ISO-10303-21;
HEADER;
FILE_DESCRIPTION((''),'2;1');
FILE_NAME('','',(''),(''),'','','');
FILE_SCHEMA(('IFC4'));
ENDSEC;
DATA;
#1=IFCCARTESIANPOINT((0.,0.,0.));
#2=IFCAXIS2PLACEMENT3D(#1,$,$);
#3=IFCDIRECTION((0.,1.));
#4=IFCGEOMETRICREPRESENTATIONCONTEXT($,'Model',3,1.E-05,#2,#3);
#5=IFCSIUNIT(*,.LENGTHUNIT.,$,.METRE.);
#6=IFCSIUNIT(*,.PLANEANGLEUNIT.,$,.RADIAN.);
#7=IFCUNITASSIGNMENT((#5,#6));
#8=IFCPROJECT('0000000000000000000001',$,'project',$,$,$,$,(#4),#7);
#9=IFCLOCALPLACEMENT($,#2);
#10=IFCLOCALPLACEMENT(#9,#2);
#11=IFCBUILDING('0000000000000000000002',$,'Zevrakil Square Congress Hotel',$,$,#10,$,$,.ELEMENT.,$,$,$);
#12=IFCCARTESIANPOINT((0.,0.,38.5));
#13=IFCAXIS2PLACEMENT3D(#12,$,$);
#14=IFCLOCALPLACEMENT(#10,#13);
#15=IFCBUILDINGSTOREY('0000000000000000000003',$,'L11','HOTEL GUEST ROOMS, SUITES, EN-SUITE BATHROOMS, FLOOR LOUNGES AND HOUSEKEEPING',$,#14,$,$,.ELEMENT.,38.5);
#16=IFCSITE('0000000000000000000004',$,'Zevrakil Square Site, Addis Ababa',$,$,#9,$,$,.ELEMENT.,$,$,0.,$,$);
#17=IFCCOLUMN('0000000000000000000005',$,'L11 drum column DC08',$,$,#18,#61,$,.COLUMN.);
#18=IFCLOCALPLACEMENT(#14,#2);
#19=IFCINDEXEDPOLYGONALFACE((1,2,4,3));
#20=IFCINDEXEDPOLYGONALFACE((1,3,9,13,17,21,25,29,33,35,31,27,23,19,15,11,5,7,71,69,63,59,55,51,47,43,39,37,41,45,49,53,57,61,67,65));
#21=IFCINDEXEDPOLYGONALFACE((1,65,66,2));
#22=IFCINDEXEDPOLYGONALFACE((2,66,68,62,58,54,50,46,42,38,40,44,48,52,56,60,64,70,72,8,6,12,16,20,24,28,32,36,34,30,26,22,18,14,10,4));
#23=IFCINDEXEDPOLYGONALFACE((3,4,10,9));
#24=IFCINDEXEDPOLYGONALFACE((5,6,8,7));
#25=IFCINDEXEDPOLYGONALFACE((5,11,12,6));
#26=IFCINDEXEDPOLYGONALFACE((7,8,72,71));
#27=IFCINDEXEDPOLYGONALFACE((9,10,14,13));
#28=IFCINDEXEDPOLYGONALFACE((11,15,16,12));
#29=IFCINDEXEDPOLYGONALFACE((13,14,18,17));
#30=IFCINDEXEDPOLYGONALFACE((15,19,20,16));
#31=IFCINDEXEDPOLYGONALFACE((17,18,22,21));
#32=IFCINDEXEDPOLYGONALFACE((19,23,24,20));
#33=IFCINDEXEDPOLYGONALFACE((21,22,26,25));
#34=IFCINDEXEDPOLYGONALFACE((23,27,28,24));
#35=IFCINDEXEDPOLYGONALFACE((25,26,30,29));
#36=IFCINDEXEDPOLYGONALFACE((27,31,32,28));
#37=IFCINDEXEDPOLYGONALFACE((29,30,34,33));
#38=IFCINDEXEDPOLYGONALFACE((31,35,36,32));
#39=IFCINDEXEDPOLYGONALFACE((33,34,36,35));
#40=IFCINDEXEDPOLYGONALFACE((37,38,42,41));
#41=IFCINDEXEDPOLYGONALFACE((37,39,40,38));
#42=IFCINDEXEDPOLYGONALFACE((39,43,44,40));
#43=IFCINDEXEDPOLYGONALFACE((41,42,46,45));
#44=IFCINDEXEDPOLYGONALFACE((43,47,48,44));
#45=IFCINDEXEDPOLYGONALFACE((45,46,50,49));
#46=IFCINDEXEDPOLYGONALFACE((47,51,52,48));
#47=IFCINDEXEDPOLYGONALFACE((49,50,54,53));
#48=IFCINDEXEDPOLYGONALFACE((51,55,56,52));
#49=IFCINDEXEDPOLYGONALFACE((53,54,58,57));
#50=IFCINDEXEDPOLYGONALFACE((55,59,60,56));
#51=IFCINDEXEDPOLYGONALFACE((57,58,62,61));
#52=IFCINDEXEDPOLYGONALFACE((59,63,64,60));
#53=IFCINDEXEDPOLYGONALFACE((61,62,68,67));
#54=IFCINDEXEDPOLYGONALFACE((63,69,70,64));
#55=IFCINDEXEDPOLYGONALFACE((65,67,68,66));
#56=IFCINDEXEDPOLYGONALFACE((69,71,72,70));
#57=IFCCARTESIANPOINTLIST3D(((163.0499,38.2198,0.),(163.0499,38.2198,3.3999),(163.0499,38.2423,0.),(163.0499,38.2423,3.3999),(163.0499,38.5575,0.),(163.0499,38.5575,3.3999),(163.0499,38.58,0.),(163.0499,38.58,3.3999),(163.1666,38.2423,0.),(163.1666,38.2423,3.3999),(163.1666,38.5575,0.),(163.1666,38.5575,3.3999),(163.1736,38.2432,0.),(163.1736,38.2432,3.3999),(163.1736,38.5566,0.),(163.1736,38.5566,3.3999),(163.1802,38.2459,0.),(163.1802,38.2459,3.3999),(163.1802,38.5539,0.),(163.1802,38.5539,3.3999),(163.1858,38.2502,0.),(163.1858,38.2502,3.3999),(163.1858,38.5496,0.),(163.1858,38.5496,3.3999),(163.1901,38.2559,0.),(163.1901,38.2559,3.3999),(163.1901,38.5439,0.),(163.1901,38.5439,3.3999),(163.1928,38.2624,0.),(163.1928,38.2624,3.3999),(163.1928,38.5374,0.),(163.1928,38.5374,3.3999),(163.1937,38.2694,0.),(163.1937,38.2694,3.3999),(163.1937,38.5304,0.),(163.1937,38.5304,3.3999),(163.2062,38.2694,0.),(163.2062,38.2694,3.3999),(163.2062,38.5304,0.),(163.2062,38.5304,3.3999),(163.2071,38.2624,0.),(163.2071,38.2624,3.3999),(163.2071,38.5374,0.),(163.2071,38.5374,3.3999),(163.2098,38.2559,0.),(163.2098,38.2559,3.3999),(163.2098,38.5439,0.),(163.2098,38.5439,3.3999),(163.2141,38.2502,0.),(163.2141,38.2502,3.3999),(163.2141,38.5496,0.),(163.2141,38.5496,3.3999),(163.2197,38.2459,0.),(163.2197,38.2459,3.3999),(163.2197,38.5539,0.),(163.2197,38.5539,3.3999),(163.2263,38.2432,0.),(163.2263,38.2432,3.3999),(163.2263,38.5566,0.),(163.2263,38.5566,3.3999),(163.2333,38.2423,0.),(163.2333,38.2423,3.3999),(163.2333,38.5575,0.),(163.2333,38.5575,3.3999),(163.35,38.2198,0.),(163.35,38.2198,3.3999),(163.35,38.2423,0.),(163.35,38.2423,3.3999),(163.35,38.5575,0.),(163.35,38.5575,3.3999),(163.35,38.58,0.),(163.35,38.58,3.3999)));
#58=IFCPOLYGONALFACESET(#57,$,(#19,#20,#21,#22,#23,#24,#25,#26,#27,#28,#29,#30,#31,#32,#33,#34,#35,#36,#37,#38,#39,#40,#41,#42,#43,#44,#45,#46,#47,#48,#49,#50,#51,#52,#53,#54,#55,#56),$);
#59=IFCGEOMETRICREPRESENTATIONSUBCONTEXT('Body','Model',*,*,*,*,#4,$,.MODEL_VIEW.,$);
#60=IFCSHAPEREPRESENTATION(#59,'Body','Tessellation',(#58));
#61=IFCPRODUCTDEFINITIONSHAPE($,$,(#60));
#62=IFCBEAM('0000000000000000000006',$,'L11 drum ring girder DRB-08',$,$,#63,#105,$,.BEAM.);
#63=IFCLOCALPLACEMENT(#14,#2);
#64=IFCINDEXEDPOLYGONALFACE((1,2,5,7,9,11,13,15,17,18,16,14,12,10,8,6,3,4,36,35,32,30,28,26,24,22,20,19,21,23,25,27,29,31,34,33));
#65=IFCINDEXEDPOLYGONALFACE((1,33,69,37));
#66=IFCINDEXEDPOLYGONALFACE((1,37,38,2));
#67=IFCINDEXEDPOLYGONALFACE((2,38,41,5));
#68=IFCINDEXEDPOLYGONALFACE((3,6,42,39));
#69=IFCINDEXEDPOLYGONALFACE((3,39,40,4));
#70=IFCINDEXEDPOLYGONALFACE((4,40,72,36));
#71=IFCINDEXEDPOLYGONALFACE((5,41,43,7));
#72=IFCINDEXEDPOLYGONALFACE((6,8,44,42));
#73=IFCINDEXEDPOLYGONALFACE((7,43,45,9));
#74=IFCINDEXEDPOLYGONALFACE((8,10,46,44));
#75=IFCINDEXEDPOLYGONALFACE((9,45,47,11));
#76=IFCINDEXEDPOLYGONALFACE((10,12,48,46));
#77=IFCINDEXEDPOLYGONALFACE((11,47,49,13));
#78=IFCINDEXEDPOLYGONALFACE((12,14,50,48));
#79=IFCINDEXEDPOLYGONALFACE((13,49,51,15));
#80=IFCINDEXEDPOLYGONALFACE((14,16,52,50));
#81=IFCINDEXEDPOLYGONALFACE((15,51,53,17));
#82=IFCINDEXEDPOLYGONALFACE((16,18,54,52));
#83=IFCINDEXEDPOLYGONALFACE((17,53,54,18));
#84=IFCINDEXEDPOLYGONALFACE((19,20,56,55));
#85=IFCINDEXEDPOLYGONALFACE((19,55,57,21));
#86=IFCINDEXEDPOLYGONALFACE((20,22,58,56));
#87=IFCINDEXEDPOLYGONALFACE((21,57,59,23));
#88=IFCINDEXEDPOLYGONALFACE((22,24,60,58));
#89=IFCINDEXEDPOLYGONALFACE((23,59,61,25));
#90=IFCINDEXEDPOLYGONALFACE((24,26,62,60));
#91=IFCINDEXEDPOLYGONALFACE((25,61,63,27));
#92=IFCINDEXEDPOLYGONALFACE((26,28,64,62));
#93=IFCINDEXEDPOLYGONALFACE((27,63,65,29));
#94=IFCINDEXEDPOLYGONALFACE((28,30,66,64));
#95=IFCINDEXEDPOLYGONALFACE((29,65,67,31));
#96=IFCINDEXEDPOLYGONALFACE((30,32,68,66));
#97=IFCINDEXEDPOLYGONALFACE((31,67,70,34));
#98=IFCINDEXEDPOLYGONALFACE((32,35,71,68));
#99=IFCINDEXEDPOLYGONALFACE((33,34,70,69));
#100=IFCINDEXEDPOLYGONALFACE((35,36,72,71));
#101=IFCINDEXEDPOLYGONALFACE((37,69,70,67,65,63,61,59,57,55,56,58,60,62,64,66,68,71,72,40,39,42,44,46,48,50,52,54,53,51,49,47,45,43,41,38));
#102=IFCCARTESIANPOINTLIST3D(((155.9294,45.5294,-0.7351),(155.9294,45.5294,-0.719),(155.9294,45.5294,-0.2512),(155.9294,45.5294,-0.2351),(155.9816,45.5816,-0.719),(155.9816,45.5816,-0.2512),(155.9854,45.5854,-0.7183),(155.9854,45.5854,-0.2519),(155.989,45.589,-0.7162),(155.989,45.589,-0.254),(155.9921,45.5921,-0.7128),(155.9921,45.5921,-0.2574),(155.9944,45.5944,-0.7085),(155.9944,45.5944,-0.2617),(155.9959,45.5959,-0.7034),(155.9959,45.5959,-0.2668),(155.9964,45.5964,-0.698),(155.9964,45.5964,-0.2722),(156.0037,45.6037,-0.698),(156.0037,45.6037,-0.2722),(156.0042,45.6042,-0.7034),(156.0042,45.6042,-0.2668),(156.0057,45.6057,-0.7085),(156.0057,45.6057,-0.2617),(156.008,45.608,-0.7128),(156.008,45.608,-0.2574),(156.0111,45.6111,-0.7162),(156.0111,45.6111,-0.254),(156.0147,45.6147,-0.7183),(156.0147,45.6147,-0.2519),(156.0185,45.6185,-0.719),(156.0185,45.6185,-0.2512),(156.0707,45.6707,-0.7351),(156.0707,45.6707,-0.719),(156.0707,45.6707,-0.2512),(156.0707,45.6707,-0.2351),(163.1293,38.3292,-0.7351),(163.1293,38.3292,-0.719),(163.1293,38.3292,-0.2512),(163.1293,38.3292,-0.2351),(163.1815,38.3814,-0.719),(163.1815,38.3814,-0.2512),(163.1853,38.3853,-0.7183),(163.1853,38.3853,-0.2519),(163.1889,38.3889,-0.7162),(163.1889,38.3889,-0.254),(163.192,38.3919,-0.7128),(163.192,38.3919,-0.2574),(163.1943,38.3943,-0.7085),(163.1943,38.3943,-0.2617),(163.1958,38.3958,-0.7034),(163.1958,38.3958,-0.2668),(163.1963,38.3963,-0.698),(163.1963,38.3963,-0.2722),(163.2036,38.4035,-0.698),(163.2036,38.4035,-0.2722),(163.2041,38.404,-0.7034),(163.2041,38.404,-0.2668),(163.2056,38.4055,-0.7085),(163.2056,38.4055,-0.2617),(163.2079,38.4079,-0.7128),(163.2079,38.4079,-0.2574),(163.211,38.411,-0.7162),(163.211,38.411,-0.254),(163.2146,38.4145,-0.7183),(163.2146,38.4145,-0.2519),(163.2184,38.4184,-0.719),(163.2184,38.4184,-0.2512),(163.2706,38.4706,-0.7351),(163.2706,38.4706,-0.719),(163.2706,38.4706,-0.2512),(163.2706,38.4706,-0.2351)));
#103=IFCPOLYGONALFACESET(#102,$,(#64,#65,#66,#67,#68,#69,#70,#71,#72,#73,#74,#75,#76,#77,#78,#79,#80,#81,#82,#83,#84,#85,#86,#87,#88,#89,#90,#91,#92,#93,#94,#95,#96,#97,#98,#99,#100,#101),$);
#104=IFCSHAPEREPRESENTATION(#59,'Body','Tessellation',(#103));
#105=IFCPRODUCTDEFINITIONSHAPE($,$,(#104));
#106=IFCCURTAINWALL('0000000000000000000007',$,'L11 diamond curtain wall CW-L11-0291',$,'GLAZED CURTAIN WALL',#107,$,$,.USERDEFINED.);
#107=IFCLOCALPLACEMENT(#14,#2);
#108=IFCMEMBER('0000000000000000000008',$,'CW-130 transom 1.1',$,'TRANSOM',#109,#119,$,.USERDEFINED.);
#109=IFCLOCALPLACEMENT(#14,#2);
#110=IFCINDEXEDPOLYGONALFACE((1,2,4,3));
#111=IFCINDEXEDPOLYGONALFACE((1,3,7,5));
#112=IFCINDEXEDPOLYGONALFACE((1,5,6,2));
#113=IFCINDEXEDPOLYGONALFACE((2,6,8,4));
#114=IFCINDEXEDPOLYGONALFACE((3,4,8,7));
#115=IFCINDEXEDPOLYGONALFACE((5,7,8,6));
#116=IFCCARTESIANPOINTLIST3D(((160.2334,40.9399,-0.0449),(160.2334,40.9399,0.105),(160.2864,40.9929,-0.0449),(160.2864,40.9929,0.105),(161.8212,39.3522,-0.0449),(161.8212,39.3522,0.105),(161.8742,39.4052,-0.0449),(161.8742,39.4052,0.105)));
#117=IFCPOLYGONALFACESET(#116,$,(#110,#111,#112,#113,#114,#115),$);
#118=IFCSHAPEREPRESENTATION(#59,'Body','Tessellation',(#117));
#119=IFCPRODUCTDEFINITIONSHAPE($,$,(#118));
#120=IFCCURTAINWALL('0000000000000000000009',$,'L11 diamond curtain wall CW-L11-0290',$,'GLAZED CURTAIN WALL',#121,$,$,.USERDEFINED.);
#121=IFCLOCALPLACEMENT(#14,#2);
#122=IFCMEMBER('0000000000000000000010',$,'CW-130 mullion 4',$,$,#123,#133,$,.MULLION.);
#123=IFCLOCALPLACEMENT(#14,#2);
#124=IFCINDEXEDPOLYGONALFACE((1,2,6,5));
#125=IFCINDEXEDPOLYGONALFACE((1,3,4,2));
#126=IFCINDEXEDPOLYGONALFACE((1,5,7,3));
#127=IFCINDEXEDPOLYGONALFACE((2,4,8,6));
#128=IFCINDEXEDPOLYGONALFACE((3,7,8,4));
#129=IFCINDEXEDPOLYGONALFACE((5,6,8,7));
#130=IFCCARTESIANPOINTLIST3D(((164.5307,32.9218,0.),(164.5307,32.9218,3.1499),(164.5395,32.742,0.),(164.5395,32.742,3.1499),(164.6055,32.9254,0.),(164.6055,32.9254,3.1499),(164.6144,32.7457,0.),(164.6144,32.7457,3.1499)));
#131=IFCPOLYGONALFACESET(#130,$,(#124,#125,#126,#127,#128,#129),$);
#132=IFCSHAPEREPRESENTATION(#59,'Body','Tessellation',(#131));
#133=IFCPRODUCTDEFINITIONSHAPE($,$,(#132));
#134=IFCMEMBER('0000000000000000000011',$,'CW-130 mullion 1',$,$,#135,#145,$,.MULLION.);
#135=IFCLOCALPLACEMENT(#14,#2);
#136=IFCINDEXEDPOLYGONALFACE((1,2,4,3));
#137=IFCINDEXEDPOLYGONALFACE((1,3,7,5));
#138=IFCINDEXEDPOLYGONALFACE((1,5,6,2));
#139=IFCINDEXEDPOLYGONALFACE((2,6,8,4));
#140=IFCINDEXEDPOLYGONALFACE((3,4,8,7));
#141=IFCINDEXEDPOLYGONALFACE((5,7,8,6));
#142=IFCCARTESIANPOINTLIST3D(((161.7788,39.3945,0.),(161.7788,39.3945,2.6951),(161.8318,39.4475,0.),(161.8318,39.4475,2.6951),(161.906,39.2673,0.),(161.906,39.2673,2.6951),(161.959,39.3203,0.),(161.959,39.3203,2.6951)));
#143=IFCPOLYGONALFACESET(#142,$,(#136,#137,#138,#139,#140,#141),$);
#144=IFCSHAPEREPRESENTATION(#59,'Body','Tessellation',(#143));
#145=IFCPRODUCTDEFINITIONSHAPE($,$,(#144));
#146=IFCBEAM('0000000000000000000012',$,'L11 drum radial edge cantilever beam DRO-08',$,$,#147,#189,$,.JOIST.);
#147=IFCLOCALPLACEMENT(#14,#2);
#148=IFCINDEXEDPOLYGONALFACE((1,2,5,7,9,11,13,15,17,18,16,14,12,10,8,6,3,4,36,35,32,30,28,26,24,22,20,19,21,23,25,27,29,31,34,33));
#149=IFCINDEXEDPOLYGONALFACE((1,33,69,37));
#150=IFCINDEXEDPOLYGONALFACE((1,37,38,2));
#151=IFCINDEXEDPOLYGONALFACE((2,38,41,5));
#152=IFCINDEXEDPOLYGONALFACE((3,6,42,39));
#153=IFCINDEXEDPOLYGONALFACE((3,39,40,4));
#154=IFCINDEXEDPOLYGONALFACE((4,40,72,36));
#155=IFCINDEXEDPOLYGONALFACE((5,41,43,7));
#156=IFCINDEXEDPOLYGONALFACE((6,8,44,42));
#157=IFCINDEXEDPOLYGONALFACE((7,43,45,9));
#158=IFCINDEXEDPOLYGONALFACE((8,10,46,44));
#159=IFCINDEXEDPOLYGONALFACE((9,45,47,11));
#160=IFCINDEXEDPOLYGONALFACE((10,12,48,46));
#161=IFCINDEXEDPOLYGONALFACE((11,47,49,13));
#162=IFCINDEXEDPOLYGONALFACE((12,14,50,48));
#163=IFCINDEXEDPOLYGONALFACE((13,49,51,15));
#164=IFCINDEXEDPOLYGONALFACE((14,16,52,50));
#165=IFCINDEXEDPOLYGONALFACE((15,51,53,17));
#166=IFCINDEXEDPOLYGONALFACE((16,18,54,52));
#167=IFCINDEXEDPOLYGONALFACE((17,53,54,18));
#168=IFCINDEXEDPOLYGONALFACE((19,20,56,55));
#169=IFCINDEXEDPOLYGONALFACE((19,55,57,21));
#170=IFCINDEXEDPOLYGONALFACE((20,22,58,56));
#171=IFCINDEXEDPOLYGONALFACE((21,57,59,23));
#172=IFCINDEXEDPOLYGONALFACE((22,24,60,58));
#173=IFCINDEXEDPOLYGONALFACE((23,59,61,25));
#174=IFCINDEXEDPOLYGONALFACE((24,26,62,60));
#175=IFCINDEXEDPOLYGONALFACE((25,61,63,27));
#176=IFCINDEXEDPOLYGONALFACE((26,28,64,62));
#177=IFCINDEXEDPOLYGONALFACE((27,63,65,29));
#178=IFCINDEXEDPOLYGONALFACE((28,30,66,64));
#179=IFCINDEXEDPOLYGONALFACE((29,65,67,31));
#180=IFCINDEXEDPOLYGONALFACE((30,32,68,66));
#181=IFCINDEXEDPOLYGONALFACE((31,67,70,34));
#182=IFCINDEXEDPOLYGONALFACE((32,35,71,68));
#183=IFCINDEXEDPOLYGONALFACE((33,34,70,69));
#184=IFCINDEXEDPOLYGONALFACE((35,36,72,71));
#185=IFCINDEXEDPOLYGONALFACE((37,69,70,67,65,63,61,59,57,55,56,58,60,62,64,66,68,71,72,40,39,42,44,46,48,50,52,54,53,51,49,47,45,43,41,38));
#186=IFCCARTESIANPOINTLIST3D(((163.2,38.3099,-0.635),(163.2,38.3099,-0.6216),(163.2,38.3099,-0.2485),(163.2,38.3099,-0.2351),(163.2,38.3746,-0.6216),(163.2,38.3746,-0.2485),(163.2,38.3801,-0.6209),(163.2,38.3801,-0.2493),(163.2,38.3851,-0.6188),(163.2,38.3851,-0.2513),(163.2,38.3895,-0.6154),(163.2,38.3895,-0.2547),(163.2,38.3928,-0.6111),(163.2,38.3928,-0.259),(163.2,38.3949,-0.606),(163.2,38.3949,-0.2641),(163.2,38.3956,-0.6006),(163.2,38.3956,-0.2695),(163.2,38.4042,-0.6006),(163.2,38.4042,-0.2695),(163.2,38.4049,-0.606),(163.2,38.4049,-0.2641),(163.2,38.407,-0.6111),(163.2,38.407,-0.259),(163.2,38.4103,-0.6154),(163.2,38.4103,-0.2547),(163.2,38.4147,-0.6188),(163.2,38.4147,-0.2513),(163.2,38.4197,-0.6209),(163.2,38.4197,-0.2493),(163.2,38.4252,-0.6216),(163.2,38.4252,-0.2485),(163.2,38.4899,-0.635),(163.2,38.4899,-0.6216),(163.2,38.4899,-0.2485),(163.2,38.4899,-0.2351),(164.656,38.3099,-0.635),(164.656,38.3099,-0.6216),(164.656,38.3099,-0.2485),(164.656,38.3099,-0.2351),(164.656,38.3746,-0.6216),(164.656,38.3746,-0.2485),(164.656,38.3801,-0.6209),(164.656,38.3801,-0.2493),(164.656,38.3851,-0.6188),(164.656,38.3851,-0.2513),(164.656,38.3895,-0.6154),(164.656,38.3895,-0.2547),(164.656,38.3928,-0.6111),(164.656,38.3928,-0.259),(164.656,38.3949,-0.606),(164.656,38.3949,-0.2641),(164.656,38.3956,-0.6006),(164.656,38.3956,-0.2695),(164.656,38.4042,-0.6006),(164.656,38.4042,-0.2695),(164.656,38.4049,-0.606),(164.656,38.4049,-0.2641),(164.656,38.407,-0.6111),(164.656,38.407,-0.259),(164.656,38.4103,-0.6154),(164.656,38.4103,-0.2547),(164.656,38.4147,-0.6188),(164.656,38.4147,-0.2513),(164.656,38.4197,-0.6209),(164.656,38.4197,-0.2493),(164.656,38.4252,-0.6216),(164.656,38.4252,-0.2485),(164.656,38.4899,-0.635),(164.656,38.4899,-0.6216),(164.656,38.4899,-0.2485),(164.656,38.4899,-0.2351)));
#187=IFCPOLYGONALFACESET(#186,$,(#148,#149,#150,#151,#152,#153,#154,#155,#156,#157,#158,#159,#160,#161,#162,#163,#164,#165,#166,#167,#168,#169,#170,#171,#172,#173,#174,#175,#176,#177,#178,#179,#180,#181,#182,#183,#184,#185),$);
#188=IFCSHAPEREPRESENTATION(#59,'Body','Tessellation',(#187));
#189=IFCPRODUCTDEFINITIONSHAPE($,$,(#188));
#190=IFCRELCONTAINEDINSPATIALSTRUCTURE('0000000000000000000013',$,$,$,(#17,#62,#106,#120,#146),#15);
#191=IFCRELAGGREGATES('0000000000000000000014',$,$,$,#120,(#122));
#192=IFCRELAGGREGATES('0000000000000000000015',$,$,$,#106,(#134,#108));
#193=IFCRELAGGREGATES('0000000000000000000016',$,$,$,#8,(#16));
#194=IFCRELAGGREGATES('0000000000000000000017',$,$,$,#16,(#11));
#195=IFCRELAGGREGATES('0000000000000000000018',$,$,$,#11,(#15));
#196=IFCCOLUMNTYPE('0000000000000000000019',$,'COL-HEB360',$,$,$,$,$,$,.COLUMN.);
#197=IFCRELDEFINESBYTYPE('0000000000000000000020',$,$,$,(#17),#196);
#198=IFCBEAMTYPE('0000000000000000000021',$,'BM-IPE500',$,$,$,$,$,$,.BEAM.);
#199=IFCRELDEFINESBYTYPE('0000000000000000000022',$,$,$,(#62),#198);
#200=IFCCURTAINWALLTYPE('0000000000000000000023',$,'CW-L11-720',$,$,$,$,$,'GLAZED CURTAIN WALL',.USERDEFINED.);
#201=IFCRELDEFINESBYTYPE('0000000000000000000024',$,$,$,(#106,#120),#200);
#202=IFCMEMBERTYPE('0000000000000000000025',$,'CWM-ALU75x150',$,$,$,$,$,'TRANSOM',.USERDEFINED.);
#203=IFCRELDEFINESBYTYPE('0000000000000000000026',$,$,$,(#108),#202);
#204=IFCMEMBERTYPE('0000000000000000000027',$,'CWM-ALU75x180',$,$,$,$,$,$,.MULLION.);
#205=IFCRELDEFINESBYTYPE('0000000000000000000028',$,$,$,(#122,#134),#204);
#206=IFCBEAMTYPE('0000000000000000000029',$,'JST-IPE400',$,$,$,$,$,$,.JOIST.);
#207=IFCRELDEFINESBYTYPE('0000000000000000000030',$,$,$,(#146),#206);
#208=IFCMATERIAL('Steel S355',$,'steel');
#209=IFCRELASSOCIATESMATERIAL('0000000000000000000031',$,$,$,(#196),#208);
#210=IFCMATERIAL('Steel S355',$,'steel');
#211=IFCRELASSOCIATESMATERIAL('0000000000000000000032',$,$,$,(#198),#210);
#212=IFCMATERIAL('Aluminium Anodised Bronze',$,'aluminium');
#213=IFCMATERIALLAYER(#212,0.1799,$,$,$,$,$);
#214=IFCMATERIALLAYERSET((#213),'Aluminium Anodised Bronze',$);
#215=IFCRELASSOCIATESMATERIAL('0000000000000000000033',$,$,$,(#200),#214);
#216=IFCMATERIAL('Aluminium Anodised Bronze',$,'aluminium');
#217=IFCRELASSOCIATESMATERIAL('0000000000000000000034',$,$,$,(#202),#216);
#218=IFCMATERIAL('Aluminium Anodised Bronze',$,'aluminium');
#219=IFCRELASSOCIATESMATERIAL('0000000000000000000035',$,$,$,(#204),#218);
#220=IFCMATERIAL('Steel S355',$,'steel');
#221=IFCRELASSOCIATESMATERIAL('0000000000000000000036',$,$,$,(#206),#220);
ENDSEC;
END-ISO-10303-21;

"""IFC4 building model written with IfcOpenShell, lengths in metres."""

from ifc_helpers import new_model, si_unit, direction, frame, origin, origin_2d, place, context, subcontext, project, spatial, rectangle, i_section, extrude, material, layer, layer_set, material_profile, profile_set, type_object, element, aggregate, save


model = new_model("IFC4")

# Units and contexts
model_context = context("Model", 3, precision=1e-05, world=origin(), true_north=direction((0.0, 1.0)))
body_context = subcontext(model_context, "Body", "Model", "MODEL_VIEW")
ifc_project = project(units=[si_unit("LENGTHUNIT", "METRE"), si_unit("PLANEANGLEUNIT", "RADIAN")], contexts=[model_context])

# Site, building, storey
site_placement = place(None, origin())
site = spatial("IfcSite", under=ifc_project, at=site_placement, Name="Zevrakil Square Site, Addis Ababa", CompositionType="ELEMENT", RefElevation=0.0)
building_placement = place(site_placement, origin())
building = spatial("IfcBuilding", under=site, at=building_placement, Name="Zevrakil Square Congress Hotel", CompositionType="ELEMENT")
storey_placement = place(building_placement, frame((0.0, 0.0, 38.5)))
storey = spatial("IfcBuildingStorey", under=building, at=storey_placement, Name="L11", Description="HOTEL GUEST ROOMS, SUITES, EN-SUITE BATHROOMS, FLOOR LOUNGES AND HOUSEKEEPING", CompositionType="ELEMENT", Elevation=38.5)

# Column
ifc_material_1 = material(Name="Steel S355", Category="steel")
ifc_material_profile_1 = material_profile(ifc_material_1, i_section(OverallWidth=0.3, OverallDepth=0.3601, WebThickness=0.0125, FlangeThickness=0.0225, FilletRadius=0.0271, at=origin_2d()), Name="HEB 360")
ifc_profile_set_1 = profile_set([ifc_material_profile_1], Name="Steel S355")
column_type = type_object("IfcColumnType", Name="COL-HEB360", PredefinedType="COLUMN", material=ifc_profile_set_1)
column_placement = place(storey_placement, frame((163.2, 38.3999, 0.0), z_axis=(0.0, 0.0, 1.0), x_axis=(1.0, 0.0, 0.0)))
element("IfcColumn", 1, at=column_placement, inside=storey, type_object=column_type, Name="L11 drum column DC08", PredefinedType="COLUMN", context=body_context, shape_type="SweptSolid", body=[
    extrude(i_section(OverallWidth=0.3, OverallDepth=0.3601, WebThickness=0.0125, FlangeThickness=0.0225, FilletRadius=0.0271, at=origin_2d()), origin(), (0.0, 0.0, 1.0), 3.3999),
])

# Beam
ifc_material_2 = material(Name="Steel S355", Category="steel")
ifc_material_profile_2 = material_profile(ifc_material_2, i_section(OverallWidth=0.2, OverallDepth=0.5, WebThickness=0.0103, FlangeThickness=0.0161, FilletRadius=0.021, at=origin_2d()), Name="IPE 500")
ifc_profile_set_2 = profile_set([ifc_material_profile_2], Name="Steel S355")
beam_type_1 = type_object("IfcBeamType", Name="BM-IPE500", PredefinedType="BEAM", material=ifc_profile_set_2)
beam_1_placement = place(storey_placement, frame((163.2, 38.3999, -0.4851), z_axis=(-0.707095, 0.707119, 0.0), x_axis=(-0.707119, -0.707095, 0.0)))
element("IfcBeam", 2, at=beam_1_placement, inside=storey, type_object=beam_type_1, Name="L11 drum ring girder DRB-08", PredefinedType="BEAM", context=body_context, shape_type="SweptSolid", body=[
    extrude(i_section(OverallWidth=0.2, OverallDepth=0.5, WebThickness=0.0103, FlangeThickness=0.0161, FilletRadius=0.021, at=origin_2d()), origin(), (0.0, 0.0, 1.0), 10.1824),
])

# Curtain walls, members
ifc_material_3 = material(Name="Aluminium Anodised Bronze", Category="aluminium")
ifc_layer_1 = layer(ifc_material_3, 0.1799)
ifc_layer_set_1 = layer_set([ifc_layer_1], Name="Aluminium Anodised Bronze")
curtain_wall_type = type_object("IfcCurtainWallType", Name="CW-L11-720", ElementType="GLAZED CURTAIN WALL", PredefinedType="USERDEFINED", material=ifc_layer_set_1)
curtain_wall_1_placement = place(storey_placement, origin())
curtain_wall_1 = element("IfcCurtainWall", 3, at=curtain_wall_1_placement, inside=storey, type_object=curtain_wall_type, Name="L11 diamond curtain wall CW-L11-0291", ObjectType="GLAZED CURTAIN WALL", PredefinedType="USERDEFINED")
ifc_material_4 = material(Name="Aluminium Anodised Bronze", Category="aluminium")
ifc_material_profile_3 = material_profile(ifc_material_4, rectangle(XDim=0.075, YDim=0.1499, at=origin_2d()), Name="ALU 75x150")
ifc_profile_set_3 = profile_set([ifc_material_profile_3], Name="Aluminium Anodised Bronze")
member_type_1 = type_object("IfcMemberType", Name="CWM-ALU75x150", ElementType="TRANSOM", PredefinedType="USERDEFINED", material=ifc_profile_set_3)
member_1_placement = place(storey_placement, frame((161.8477, 39.3787, 0.03), z_axis=(-0.707107, 0.707107, 0.0), x_axis=(-0.707107, -0.707107, 0.0)))
member_1 = element("IfcMember", 4, at=member_1_placement, type_object=member_type_1, Name="CW-130 transom 1.1", ObjectType="TRANSOM", PredefinedType="USERDEFINED", context=body_context, shape_type="SweptSolid", body=[
    extrude(rectangle(XDim=0.075, YDim=0.1499, at=origin_2d()), origin(), (0.0, 0.0, 1.0), 2.2454),
])
curtain_wall_2_placement = place(storey_placement, origin())
curtain_wall_2 = element("IfcCurtainWall", 5, at=curtain_wall_2_placement, inside=storey, type_object=curtain_wall_type, Name="L11 diamond curtain wall CW-L11-0290", ObjectType="GLAZED CURTAIN WALL", PredefinedType="USERDEFINED")
ifc_material_5 = material(Name="Aluminium Anodised Bronze", Category="aluminium")
ifc_material_profile_4 = material_profile(ifc_material_5, rectangle(XDim=0.075, YDim=0.1799, at=origin_2d()), Name="ALU 75x180")
ifc_profile_set_4 = profile_set([ifc_material_profile_4], Name="Aluminium Anodised Bronze")
member_type_2 = type_object("IfcMemberType", Name="CWM-ALU75x180", PredefinedType="MULLION", material=ifc_profile_set_4)
member_2_placement = place(storey_placement, frame((164.5725, 32.8337, 0.0), z_axis=(0.0, 0.0, 1.0), x_axis=(-0.998796, -0.049053, 0.0)))
member_2 = element("IfcMember", 6, at=member_2_placement, type_object=member_type_2, Name="CW-130 mullion 4", PredefinedType="MULLION", context=body_context, shape_type="SweptSolid", body=[
    extrude(rectangle(XDim=0.075, YDim=0.1799, at=origin_2d()), origin(), (0.0, 0.0, 1.0), 3.1499),
])
aggregate(curtain_wall_2, [member_2])

# Member
member_3_placement = place(storey_placement, frame((161.8689, 39.3574, 0.0), z_axis=(0.0, 0.0, 1.0), x_axis=(-0.707107, -0.707107, 0.0)))
member_3 = element("IfcMember", 7, at=member_3_placement, type_object=member_type_2, Name="CW-130 mullion 1", PredefinedType="MULLION", context=body_context, shape_type="SweptSolid", body=[
    extrude(rectangle(XDim=0.075, YDim=0.1799, at=origin_2d()), origin(), (0.0, 0.0, 1.0), 2.6951),
])
aggregate(curtain_wall_1, [member_3, member_1])

# Beam
ifc_material_6 = material(Name="Steel S355", Category="steel")
ifc_material_profile_5 = material_profile(ifc_material_6, i_section(OverallWidth=0.1799, OverallDepth=0.3999, WebThickness=0.0085, FlangeThickness=0.0134, FilletRadius=0.021, at=origin_2d()), Name="IPE 400")
ifc_profile_set_5 = profile_set([ifc_material_profile_5], Name="Steel S355")
beam_type_2 = type_object("IfcBeamType", Name="JST-IPE400", PredefinedType="JOIST", material=ifc_profile_set_5)
beam_2_placement = place(storey_placement, frame((163.2, 38.3999, -0.4351), z_axis=(1.0, 0.0, 0.0), x_axis=(0.0, 1.0, 0.0)))
element("IfcBeam", 8, at=beam_2_placement, inside=storey, type_object=beam_type_2, Name="L11 drum radial edge cantilever beam DRO-08", PredefinedType="JOIST", context=body_context, shape_type="SweptSolid", body=[
    extrude(i_section(OverallWidth=0.1799, OverallDepth=0.3999, WebThickness=0.0085, FlangeThickness=0.0134, FilletRadius=0.021, at=origin_2d()), origin(), (0.0, 0.0, 1.0), 1.4561),
])

save(model, "model.ifc")
